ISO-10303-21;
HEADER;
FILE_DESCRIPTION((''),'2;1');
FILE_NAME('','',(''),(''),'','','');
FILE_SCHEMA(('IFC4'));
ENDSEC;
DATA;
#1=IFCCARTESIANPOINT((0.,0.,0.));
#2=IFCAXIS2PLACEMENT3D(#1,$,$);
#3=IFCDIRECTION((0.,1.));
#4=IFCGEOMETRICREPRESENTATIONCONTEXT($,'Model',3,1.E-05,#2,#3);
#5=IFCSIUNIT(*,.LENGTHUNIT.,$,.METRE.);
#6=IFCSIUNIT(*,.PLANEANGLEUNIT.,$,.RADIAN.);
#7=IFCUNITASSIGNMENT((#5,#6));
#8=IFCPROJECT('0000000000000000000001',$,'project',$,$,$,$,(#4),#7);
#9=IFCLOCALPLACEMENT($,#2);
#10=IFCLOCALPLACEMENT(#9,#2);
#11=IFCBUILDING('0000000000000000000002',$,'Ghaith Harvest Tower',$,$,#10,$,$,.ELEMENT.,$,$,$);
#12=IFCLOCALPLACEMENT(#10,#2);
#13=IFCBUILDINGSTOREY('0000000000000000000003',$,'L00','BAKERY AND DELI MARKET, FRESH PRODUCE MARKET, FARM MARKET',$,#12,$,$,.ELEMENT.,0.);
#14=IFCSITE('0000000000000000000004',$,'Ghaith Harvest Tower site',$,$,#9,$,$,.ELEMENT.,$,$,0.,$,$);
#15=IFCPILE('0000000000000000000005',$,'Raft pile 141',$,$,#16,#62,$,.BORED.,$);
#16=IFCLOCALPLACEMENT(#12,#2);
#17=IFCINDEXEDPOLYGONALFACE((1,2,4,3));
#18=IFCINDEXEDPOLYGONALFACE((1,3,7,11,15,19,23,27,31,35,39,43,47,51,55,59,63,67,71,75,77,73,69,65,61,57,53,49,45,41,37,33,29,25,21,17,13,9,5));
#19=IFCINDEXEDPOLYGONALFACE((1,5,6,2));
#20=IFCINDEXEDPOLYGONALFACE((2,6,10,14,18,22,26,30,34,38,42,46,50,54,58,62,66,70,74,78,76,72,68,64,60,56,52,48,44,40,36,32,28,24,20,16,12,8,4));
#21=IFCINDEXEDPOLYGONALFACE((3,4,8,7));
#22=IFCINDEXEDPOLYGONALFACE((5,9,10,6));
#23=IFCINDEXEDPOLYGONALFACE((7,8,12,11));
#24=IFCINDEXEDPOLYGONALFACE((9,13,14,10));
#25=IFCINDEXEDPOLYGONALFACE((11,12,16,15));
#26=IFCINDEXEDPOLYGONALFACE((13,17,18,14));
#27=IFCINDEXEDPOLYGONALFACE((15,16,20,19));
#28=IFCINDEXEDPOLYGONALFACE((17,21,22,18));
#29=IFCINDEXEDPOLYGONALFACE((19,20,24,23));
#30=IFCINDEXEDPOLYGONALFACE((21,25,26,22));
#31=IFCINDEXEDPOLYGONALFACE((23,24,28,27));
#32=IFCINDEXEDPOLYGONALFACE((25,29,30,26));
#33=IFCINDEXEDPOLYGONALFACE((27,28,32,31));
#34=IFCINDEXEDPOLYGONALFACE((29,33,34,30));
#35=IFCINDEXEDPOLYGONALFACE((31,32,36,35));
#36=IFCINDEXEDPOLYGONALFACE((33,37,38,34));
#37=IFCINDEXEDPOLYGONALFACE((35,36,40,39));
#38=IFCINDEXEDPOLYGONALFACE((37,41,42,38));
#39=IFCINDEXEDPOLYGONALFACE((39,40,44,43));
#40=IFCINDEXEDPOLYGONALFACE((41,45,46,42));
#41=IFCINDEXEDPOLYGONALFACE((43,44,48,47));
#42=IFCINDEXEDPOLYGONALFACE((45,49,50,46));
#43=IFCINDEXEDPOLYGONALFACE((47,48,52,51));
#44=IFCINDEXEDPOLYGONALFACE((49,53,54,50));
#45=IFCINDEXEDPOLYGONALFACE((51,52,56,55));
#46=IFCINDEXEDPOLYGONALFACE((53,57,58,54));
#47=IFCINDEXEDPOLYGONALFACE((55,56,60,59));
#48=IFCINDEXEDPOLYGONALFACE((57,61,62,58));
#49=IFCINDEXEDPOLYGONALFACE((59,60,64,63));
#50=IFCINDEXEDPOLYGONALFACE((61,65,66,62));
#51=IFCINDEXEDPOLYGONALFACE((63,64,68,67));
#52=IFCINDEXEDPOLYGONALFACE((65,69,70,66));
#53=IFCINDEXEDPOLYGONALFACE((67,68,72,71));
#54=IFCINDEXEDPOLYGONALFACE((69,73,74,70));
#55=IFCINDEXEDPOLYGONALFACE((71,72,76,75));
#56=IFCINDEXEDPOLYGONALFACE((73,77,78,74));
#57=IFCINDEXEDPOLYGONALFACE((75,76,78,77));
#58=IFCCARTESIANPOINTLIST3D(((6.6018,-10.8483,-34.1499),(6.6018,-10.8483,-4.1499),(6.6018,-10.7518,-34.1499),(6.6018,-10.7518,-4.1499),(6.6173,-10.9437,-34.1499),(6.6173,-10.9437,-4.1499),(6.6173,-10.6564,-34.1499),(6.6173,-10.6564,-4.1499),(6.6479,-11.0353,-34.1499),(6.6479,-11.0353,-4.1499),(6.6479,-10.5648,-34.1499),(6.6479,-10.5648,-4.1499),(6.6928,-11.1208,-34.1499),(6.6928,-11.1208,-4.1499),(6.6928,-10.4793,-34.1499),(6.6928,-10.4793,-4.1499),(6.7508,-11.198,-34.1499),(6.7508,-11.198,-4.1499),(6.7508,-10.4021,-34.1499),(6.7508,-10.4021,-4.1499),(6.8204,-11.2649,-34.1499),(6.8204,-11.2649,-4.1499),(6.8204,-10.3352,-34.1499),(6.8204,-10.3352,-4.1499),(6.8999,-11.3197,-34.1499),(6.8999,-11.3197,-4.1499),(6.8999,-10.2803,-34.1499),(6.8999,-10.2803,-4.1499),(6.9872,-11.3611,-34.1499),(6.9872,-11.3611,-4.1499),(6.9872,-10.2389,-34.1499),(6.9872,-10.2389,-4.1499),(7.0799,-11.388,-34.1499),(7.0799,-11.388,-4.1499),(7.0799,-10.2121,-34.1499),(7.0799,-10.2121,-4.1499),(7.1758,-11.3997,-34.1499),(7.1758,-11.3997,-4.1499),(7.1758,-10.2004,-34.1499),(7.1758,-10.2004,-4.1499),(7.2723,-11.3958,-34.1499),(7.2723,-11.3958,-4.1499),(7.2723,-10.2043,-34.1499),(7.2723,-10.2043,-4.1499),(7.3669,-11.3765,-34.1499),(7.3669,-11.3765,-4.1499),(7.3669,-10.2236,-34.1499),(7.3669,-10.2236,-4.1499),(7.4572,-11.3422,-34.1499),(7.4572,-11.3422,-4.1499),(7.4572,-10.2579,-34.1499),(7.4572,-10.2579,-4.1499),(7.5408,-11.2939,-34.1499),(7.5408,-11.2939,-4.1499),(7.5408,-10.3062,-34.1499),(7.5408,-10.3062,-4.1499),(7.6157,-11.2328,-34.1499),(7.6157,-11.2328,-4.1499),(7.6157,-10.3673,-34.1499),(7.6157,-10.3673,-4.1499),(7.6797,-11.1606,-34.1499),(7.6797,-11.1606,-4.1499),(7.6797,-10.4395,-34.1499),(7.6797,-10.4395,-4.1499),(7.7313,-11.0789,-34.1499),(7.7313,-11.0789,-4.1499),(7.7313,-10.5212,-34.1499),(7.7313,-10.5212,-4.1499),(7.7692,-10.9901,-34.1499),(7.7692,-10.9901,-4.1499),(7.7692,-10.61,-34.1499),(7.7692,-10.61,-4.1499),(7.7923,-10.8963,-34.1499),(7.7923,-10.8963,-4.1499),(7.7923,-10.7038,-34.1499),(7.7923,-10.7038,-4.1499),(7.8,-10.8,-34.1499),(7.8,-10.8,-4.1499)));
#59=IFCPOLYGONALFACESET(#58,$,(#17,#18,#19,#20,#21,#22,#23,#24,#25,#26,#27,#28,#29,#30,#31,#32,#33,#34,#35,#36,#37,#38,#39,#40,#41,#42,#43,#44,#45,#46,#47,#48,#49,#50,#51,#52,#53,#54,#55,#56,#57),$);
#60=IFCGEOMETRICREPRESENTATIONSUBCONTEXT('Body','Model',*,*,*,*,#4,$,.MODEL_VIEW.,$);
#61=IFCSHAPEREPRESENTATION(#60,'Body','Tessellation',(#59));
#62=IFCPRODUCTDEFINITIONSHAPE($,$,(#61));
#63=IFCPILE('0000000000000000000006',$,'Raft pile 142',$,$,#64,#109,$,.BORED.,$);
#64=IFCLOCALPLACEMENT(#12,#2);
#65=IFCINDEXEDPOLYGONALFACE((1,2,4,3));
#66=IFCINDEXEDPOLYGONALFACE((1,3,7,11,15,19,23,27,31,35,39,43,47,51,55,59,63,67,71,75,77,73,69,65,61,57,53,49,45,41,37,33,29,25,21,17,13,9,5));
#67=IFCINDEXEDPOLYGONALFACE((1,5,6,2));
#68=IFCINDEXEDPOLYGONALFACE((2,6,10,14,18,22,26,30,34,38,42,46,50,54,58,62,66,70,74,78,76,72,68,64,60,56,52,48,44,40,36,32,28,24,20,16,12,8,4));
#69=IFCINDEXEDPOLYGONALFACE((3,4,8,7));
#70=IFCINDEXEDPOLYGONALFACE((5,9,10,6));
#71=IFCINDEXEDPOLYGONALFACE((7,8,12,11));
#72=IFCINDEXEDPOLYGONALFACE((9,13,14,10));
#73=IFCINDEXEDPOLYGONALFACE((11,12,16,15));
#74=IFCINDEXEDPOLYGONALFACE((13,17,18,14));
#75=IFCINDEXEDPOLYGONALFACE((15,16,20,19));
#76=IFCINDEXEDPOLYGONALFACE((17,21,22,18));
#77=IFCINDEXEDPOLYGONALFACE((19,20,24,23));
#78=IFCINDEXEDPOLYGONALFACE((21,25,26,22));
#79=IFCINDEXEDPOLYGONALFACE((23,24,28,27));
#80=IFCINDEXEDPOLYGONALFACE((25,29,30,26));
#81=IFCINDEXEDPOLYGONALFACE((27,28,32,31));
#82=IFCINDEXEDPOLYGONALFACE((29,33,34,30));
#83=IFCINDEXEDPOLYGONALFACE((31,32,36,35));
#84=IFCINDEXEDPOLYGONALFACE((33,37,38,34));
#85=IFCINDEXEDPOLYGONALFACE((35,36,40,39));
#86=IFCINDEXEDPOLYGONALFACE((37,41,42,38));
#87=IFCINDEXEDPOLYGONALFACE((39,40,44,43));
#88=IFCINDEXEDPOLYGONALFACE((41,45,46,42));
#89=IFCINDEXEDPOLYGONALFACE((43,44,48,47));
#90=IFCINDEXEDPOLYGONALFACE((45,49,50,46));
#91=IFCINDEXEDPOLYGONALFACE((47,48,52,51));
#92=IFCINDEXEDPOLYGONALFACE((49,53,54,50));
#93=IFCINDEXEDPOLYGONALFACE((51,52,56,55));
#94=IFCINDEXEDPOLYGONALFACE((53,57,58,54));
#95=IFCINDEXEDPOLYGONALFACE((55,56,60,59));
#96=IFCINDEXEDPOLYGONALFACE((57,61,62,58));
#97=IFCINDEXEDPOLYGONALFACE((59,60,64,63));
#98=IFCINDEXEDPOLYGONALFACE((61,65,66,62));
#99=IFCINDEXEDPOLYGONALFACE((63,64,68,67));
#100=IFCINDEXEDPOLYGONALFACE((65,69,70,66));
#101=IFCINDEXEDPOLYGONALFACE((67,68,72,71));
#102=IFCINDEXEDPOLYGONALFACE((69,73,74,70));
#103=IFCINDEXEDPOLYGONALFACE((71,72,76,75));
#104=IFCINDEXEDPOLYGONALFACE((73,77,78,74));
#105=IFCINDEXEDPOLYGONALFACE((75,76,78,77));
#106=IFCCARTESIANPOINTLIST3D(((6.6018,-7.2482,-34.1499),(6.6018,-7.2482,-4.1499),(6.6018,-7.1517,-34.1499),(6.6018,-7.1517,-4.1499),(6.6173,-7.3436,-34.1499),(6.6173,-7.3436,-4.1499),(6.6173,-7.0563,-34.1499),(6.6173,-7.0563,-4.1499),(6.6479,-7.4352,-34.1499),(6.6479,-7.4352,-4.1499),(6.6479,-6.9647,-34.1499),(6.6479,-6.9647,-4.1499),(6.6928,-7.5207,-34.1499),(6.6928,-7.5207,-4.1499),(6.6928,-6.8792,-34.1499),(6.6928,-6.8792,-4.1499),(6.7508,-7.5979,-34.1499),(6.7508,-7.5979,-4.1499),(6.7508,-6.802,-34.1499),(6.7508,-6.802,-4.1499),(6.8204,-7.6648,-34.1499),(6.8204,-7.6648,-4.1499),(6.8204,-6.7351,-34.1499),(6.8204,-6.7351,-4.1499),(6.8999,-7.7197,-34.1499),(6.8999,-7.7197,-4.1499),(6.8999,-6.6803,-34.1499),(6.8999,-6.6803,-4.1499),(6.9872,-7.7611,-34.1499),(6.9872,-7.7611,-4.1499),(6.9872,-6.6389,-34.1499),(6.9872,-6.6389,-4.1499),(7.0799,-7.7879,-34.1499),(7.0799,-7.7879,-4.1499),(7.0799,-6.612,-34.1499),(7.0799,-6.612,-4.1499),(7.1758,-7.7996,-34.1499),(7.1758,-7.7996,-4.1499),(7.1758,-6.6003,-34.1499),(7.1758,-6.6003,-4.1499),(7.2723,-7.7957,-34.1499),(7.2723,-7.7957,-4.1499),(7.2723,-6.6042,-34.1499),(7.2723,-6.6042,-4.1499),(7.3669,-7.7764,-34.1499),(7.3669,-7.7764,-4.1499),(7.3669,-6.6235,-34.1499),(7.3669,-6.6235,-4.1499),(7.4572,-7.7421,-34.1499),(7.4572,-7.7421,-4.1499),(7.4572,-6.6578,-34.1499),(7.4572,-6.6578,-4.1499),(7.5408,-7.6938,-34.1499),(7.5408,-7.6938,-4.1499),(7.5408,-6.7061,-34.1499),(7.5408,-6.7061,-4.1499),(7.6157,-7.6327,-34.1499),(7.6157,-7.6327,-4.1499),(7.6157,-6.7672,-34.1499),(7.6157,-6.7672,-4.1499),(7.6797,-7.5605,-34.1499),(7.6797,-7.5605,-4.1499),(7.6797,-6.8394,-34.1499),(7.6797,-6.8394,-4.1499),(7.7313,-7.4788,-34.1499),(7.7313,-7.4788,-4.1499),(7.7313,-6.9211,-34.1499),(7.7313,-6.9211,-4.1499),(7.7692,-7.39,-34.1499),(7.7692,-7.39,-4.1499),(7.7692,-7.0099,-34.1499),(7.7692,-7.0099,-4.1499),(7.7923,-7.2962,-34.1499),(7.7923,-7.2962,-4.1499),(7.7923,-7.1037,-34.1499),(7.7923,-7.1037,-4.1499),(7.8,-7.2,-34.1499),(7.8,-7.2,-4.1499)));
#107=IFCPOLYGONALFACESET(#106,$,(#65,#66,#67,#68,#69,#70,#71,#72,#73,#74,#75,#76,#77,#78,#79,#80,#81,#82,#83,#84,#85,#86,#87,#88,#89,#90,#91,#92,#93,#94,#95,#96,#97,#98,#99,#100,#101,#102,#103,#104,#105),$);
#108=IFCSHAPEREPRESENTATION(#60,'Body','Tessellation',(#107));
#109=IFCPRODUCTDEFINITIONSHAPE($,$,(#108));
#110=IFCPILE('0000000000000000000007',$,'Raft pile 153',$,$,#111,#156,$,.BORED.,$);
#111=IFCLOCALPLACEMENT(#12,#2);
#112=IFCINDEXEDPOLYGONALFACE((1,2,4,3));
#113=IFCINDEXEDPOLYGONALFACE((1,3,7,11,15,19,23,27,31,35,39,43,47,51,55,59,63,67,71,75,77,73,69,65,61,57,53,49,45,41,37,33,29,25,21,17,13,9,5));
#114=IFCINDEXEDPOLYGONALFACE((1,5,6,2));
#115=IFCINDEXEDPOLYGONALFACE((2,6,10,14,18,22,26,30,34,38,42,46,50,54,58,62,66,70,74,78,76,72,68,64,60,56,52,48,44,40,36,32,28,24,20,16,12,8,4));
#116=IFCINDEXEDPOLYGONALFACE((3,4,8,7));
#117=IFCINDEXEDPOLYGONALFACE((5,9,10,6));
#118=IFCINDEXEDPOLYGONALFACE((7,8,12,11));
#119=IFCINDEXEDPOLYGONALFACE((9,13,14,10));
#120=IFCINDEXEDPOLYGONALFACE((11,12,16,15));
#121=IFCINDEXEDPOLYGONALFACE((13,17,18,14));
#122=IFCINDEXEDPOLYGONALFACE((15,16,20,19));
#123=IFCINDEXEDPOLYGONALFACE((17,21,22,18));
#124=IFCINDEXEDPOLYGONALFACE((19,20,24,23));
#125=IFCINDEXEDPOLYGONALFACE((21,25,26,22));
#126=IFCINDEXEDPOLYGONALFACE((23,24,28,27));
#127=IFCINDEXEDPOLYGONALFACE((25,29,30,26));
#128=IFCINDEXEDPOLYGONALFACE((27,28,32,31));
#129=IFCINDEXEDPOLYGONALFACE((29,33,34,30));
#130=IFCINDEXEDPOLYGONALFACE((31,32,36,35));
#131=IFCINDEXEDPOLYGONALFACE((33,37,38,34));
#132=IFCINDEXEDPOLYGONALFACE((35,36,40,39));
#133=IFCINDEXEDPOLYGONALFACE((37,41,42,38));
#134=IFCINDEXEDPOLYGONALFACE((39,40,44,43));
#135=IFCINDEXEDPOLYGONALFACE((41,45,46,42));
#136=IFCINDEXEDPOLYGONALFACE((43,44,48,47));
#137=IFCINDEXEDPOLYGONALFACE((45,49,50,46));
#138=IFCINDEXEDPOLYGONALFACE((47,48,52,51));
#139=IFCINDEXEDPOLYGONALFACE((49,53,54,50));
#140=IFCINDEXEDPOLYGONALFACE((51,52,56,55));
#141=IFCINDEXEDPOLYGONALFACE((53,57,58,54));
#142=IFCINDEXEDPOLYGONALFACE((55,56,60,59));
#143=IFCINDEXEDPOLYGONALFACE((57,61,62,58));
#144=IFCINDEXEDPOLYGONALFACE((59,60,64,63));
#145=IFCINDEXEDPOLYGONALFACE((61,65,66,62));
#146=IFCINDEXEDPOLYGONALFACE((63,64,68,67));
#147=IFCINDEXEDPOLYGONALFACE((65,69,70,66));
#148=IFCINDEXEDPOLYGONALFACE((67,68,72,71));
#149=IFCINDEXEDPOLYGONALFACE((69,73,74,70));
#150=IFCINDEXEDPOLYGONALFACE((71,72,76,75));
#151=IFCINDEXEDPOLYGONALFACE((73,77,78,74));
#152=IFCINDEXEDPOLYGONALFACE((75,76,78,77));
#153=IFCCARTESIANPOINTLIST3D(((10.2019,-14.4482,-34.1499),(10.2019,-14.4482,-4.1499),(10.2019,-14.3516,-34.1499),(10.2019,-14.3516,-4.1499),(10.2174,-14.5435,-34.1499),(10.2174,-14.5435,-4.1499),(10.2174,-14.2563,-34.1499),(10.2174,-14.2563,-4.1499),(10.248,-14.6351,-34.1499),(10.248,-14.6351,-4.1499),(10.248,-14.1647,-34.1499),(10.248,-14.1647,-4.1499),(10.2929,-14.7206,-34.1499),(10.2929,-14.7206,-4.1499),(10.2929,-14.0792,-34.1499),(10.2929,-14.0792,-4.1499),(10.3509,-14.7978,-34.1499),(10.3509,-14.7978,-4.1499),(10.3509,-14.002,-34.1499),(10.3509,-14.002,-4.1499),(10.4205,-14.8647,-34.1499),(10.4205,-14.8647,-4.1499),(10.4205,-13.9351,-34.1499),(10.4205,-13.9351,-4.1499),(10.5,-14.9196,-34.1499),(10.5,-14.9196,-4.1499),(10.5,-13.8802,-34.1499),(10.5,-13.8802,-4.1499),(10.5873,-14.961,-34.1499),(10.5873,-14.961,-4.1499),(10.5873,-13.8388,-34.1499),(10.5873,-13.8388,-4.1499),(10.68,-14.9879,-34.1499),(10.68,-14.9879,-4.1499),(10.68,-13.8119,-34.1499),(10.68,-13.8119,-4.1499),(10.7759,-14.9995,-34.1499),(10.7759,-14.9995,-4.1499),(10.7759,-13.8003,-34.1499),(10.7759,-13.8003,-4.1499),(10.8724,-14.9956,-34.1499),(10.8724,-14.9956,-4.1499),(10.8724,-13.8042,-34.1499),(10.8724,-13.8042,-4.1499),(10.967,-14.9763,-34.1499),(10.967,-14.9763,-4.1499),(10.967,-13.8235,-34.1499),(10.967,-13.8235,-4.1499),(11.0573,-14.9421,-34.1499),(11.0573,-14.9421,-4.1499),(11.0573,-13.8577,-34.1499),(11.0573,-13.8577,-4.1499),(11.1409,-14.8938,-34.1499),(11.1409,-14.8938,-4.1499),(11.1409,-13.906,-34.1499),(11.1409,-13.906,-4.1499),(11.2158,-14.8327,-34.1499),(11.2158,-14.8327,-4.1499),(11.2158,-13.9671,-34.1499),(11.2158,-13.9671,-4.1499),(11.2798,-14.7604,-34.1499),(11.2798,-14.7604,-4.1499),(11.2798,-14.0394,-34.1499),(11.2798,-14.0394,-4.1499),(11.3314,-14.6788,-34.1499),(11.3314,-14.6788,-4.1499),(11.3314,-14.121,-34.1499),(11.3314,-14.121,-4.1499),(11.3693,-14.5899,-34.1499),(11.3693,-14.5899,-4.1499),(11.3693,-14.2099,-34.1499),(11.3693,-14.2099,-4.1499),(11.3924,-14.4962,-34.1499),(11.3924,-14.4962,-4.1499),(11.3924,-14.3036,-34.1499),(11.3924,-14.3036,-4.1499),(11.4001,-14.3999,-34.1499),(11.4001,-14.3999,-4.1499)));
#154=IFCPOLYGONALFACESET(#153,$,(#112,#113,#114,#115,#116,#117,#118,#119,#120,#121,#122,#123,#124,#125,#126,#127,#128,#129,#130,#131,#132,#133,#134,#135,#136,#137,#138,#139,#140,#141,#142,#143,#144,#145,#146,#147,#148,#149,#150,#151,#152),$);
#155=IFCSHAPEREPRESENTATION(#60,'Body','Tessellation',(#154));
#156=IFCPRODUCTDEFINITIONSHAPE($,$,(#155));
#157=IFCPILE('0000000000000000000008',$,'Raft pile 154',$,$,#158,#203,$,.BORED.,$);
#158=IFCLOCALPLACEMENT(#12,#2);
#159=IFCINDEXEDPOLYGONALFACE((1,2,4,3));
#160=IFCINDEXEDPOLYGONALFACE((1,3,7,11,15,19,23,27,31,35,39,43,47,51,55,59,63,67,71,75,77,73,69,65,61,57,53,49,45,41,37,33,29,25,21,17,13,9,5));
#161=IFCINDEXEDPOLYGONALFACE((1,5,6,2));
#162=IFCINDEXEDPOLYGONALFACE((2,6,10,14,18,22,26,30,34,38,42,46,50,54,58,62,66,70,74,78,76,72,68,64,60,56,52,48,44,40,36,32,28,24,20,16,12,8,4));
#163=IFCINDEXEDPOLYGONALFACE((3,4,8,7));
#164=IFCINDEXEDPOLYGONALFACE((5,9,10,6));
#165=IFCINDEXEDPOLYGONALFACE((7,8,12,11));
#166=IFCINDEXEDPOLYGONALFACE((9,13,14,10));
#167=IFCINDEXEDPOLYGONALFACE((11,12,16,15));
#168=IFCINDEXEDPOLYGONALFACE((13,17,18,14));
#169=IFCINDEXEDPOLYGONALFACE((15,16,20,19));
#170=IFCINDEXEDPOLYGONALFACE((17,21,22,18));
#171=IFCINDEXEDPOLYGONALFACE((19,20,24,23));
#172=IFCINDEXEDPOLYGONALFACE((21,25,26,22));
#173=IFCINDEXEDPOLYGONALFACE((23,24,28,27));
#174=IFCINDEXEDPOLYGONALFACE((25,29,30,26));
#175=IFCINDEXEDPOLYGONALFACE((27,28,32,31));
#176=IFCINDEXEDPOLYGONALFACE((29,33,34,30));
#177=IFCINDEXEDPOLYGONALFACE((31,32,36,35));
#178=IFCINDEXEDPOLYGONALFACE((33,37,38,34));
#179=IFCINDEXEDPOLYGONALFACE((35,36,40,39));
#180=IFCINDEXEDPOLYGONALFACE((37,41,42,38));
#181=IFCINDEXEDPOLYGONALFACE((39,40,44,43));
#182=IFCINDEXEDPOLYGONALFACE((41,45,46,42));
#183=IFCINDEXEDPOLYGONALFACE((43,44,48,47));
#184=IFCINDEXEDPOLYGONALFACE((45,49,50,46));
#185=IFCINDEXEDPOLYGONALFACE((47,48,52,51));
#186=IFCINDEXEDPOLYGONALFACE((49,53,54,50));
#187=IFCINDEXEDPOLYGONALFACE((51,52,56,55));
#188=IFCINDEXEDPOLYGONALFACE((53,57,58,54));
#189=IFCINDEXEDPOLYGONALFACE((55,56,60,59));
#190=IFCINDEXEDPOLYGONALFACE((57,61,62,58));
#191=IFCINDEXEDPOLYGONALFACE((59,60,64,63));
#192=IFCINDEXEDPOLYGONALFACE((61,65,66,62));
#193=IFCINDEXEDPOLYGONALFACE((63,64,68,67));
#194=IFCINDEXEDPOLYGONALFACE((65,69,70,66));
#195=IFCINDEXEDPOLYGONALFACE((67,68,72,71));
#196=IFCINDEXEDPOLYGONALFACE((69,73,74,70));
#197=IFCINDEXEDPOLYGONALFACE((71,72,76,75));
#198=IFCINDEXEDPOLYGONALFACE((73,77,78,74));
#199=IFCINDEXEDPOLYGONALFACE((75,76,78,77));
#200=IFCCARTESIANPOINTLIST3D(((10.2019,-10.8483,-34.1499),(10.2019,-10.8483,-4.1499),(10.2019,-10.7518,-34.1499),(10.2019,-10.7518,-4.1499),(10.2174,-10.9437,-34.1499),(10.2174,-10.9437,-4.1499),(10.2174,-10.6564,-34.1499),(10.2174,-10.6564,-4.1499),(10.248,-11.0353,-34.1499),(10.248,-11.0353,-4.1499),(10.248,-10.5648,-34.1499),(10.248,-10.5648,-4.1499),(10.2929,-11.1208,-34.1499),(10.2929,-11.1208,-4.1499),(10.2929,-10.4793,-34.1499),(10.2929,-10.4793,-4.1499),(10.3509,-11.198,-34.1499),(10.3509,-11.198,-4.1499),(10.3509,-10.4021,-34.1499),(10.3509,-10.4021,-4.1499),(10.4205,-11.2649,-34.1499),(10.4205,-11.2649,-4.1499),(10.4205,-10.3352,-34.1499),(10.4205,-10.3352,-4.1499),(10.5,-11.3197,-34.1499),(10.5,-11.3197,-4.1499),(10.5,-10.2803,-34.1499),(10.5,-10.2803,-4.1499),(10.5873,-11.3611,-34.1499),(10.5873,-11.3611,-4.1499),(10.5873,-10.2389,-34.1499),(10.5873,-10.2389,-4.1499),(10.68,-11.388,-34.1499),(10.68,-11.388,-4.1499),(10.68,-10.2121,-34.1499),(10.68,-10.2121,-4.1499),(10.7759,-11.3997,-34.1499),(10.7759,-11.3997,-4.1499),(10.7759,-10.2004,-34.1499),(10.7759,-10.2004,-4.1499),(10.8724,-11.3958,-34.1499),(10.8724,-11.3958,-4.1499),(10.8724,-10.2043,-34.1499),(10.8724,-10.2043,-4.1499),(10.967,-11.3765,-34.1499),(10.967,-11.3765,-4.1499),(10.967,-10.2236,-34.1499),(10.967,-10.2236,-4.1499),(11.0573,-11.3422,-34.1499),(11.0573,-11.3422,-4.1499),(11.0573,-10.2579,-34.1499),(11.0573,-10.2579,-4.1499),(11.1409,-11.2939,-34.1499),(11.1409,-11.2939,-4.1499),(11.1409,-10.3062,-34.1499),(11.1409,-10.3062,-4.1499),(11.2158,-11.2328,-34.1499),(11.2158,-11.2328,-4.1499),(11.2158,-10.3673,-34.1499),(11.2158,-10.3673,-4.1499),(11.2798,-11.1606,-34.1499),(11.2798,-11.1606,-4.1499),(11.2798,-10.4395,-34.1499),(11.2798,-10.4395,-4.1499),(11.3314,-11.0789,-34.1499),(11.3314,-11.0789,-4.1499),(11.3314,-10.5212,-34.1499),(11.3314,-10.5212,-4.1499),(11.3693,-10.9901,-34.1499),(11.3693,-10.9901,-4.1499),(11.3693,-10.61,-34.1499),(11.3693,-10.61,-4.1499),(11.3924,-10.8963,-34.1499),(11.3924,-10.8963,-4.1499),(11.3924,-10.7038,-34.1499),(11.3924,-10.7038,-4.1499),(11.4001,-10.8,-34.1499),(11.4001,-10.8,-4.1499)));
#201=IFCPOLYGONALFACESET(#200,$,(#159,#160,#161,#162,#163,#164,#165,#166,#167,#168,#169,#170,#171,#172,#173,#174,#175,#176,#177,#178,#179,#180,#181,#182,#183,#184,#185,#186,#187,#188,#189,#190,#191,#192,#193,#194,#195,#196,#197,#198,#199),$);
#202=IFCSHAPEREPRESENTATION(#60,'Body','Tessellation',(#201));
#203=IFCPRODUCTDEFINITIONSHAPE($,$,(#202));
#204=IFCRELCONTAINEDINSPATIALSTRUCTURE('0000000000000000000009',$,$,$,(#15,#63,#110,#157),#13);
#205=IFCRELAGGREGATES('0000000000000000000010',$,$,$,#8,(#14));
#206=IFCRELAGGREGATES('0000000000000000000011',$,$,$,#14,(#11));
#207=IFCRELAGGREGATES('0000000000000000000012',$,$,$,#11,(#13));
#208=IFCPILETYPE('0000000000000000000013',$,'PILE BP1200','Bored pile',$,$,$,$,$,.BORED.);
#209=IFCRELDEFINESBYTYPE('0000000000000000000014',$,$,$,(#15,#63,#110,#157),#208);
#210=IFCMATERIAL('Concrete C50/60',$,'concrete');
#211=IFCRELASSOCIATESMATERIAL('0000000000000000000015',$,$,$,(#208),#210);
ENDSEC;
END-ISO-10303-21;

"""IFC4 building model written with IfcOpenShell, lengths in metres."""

from ifc_helpers import new_model, si_unit, direction, frame, origin, origin_2d, place, context, subcontext, project, spatial, circle, extrude, material, material_profile, profile_set, type_object, element, save


model = new_model("IFC4")

# Units and contexts
model_context = context("Model", 3, precision=1e-05, world=origin(), true_north=direction((0.0, 1.0)))
body_context = subcontext(model_context, "Body", "Model", "MODEL_VIEW")
ifc_project = project(units=[si_unit("LENGTHUNIT", "METRE"), si_unit("PLANEANGLEUNIT", "RADIAN")], contexts=[model_context])

# Site, building, storey
site_placement = place(None, origin())
site = spatial("IfcSite", under=ifc_project, at=site_placement, Name="Ghaith Harvest Tower site", CompositionType="ELEMENT", RefElevation=0.0)
building_placement = place(site_placement, origin())
building = spatial("IfcBuilding", under=site, at=building_placement, Name="Ghaith Harvest Tower", CompositionType="ELEMENT")
storey_placement = place(building_placement, origin())
storey = spatial("IfcBuildingStorey", under=building, at=storey_placement, Name="L00", Description="BAKERY AND DELI MARKET, FRESH PRODUCE MARKET, FARM MARKET", CompositionType="ELEMENT", Elevation=0.0)

# Piles
ifc_material_1 = material(Name="Concrete C50/60", Category="concrete")
ifc_material_profile = material_profile(ifc_material_1, circle(Radius=0.6001, at=origin_2d()), Name="PILE1200")
ifc_profile_set = profile_set([ifc_material_profile], Name="Concrete C50/60")
pile_type = type_object("IfcPileType", Name="PILE BP1200", Description="Bored pile", PredefinedType="BORED", material=ifc_profile_set)
for number, where, z_axis, x_axis, name in (
    (1, (7.2, -10.8, -4.1499), (0.0, 0.0, -1.0), (1.0, 0.0, 0.0), "Raft pile 141"),
    (2, (7.2, -7.2, -4.1499), (0.0, 0.0, -1.0), (1.0, 0.0, 0.0), "Raft pile 142"),
    (3, (10.8, -14.3999, -4.1499), (0.0, 0.0, -1.0), (1.0, 0.0, 0.0), "Raft pile 153"),
    (4, (10.8, -10.8, -4.1499), (0.0, 0.0, -1.0), (1.0, 0.0, 0.0), "Raft pile 154"),
):
    element("IfcPile", number, at=place(storey_placement, frame(where, z_axis=z_axis, x_axis=x_axis)), inside=storey, type_object=pile_type, Name=name, PredefinedType="BORED", context=body_context, shape_type="SweptSolid", body=[
        extrude(circle(Radius=0.6001, at=origin_2d()), origin(), (0.0, 0.0, 1.0), 30.0),
    ])

save(model, "model.ifc")
